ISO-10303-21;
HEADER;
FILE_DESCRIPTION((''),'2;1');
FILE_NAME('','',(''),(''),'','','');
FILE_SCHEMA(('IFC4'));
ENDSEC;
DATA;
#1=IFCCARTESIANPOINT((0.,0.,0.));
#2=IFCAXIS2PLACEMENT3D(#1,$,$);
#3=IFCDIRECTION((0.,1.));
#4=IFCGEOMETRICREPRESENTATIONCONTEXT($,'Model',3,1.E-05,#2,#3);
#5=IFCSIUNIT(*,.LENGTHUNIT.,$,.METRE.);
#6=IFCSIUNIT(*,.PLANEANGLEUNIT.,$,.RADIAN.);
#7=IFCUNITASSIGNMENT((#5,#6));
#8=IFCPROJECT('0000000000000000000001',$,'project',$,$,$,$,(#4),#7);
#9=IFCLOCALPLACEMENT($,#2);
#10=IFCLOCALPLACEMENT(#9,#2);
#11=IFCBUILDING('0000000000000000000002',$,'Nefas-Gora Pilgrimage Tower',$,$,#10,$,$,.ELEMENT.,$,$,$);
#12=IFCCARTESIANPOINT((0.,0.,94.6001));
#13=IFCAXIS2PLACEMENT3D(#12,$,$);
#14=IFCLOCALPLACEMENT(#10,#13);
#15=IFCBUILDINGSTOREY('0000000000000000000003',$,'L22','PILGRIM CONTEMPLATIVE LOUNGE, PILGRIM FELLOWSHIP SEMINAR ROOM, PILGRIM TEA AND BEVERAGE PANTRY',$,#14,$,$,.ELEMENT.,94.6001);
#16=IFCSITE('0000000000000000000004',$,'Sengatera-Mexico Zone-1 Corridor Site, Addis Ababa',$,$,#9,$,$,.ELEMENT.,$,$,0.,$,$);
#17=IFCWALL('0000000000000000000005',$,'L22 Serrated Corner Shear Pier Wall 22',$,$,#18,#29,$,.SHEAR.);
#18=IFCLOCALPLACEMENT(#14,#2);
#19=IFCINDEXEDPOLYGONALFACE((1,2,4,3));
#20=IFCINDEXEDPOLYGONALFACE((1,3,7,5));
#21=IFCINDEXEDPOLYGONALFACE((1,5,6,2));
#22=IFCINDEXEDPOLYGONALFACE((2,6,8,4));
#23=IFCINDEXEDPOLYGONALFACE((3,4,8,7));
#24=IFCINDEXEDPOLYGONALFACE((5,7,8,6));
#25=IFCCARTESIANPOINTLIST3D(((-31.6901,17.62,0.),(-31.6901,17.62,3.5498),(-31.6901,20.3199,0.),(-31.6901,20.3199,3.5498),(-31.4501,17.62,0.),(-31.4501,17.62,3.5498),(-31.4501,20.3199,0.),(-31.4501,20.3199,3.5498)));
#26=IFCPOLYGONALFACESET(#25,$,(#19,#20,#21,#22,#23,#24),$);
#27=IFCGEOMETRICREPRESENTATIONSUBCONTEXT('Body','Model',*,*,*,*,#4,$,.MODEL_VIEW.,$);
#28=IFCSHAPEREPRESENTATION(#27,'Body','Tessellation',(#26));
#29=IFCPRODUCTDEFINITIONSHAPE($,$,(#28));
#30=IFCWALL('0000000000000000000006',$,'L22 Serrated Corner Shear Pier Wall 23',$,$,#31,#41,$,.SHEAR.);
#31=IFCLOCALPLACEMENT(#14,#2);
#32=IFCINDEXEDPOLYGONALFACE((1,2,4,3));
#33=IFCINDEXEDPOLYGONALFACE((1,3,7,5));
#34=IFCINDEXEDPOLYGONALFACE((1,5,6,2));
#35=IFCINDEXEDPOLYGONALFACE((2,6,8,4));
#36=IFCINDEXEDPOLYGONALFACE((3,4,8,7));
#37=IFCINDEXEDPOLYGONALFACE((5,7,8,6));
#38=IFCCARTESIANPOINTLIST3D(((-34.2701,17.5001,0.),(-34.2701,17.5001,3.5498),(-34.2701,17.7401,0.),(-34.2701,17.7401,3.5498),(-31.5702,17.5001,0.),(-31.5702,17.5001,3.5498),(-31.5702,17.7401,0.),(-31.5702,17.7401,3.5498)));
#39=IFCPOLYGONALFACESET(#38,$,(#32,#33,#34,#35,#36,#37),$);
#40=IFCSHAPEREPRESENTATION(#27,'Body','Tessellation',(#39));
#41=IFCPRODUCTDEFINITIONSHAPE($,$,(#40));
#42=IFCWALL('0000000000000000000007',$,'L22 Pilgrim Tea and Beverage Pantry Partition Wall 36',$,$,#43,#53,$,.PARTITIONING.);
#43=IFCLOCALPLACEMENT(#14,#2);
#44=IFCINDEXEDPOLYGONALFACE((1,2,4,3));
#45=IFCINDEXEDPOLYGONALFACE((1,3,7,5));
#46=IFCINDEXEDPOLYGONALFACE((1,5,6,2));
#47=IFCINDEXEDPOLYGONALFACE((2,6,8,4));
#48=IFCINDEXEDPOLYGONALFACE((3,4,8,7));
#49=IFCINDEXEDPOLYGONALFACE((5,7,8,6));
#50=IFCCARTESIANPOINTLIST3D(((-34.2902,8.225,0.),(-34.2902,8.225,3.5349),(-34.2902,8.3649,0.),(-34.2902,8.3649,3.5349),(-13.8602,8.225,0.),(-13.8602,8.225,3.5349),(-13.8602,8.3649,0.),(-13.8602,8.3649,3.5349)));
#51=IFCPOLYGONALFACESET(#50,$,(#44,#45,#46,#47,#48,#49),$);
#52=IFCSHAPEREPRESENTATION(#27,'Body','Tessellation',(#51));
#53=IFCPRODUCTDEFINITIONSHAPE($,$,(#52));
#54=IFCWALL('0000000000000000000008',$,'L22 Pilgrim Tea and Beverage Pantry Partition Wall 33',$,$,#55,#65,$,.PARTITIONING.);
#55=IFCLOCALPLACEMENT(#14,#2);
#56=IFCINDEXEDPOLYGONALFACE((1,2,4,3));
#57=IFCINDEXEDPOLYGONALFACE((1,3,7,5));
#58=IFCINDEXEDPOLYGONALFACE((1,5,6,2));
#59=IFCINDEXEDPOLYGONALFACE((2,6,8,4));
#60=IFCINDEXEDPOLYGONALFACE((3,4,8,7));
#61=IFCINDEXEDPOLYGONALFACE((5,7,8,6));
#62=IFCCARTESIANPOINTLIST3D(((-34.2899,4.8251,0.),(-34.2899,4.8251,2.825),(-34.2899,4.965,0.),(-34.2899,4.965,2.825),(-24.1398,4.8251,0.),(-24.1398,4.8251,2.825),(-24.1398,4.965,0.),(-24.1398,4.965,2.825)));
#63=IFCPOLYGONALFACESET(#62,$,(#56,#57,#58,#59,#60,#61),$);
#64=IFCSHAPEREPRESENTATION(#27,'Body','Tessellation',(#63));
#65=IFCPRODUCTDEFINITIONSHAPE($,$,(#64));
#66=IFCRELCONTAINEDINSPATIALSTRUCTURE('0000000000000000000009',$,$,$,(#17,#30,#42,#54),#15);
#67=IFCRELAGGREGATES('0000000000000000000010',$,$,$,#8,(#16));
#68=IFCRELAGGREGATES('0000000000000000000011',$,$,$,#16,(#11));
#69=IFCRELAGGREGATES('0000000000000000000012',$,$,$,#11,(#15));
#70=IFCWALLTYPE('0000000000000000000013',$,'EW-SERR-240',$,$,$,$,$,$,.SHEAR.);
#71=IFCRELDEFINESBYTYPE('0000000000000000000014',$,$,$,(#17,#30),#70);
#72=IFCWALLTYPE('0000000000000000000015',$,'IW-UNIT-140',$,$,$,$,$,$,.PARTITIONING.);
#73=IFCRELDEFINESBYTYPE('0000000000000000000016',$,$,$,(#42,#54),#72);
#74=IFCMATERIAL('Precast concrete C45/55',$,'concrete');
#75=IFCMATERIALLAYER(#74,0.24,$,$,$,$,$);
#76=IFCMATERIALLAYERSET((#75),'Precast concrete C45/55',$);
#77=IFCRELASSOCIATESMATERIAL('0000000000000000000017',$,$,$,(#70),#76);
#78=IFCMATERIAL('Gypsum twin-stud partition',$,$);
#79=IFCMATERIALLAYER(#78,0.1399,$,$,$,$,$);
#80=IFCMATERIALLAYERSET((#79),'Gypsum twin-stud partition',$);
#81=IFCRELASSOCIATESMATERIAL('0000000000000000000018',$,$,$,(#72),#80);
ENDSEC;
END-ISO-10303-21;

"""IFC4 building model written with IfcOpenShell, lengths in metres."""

from ifc_helpers import new_model, si_unit, direction, frame, frame_2d, origin, place, context, subcontext, project, spatial, rectangle, extrude, source, transform, mapped, material, layer, layer_set, type_object, element, save


model = new_model("IFC4")

# Units and contexts
model_context = context("Model", 3, precision=1e-05, world=origin(), true_north=direction((0.0, 1.0)))
body_context = subcontext(model_context, "Body", "Model", "MODEL_VIEW")
ifc_project = project(units=[si_unit("LENGTHUNIT", "METRE"), si_unit("PLANEANGLEUNIT", "RADIAN")], contexts=[model_context])

# Site, building, storey
site_placement = place(None, origin())
site = spatial("IfcSite", under=ifc_project, at=site_placement, Name="Sengatera-Mexico Zone-1 Corridor Site, Addis Ababa", CompositionType="ELEMENT", RefElevation=0.0)
building_placement = place(site_placement, origin())
building = spatial("IfcBuilding", under=site, at=building_placement, Name="Nefas-Gora Pilgrimage Tower", CompositionType="ELEMENT")
storey_placement = place(building_placement, frame((0.0, 0.0, 94.6001)))
storey = spatial("IfcBuildingStorey", under=building, at=storey_placement, Name="L22", Description="PILGRIM CONTEMPLATIVE LOUNGE, PILGRIM FELLOWSHIP SEMINAR ROOM, PILGRIM TEA AND BEVERAGE PANTRY", CompositionType="ELEMENT", Elevation=94.6001)

# Shared definitions
ifc_material_1 = material(Name="Precast concrete C45/55", Category="concrete")
ifc_layer_1 = layer(ifc_material_1, 0.24)
ifc_layer_set_1 = layer_set([ifc_layer_1], Name="Precast concrete C45/55")
wall_type_1 = type_object("IfcWallType", Name="EW-SERR-240", PredefinedType="SHEAR", material=ifc_layer_set_1)
shared_shape_1 = source(origin(), body_context, "Body", "SweptSolid", [
    extrude(rectangle(XDim=2.7, YDim=0.24, at=frame_2d((1.3501, 0.0))), origin(), (0.0, 0.0, 1.0), 3.5498),
])

# Walls
for number, where, z_axis, x_axis, name in (
    (1, (-31.5701, 20.3201, 0.0), (0.0, 0.0, 1.0), (0.0, -1.0, 0.0), "L22 Serrated Corner Shear Pier Wall 22"),
    (2, (-31.5701, 17.6201, 0.0), (0.0, 0.0, 1.0), (-1.0, 0.0, 0.0), "L22 Serrated Corner Shear Pier Wall 23"),
):
    element("IfcWall", number, at=place(storey_placement, frame(where, z_axis=z_axis, x_axis=x_axis)), inside=storey, type_object=wall_type_1, Name=name, PredefinedType="SHEAR", context=body_context, shape_type="MappedRepresentation", body=[
        mapped(shared_shape_1, transform((0.0, 0.0, 0.0), x_axis=(1.0, 0.0, 0.0), y_axis=(0.0, 1.0, 0.0), z_axis=(0.0, 0.0, 1.0), scale=1.0)),
    ])
ifc_material_2 = material(Name="Gypsum twin-stud partition")
ifc_layer_2 = layer(ifc_material_2, 0.1399)
ifc_layer_set_2 = layer_set([ifc_layer_2], Name="Gypsum twin-stud partition")
wall_type_2 = type_object("IfcWallType", Name="IW-UNIT-140", PredefinedType="PARTITIONING", material=ifc_layer_set_2)
shared_shape_2 = source(origin(), body_context, "Body", "SweptSolid", [
    extrude(rectangle(XDim=20.4299, YDim=0.1399, at=frame_2d((10.2148, 0.0))), origin(), (0.0, 0.0, 1.0), 3.5349),
])
wall_1_placement = place(storey_placement, frame((-34.29, 8.2949, 0.0), z_axis=(0.0, 0.0, 1.0), x_axis=(1.0, 0.0, 0.0)))
element("IfcWall", 3, at=wall_1_placement, inside=storey, type_object=wall_type_2, Name="L22 Pilgrim Tea and Beverage Pantry Partition Wall 36", PredefinedType="PARTITIONING", context=body_context, shape_type="MappedRepresentation", body=[
    mapped(shared_shape_2, transform((0.0, 0.0, 0.0), x_axis=(1.0, 0.0, 0.0), y_axis=(0.0, 1.0, 0.0), z_axis=(0.0, 0.0, 1.0), scale=1.0)),
])
shared_shape_3 = source(origin(), body_context, "Body", "SweptSolid", [
    extrude(rectangle(XDim=10.1501, YDim=0.1399, at=frame_2d((5.0752, 0.0))), origin(), (0.0, 0.0, 1.0), 2.825),
])
wall_2_placement = place(storey_placement, frame((-34.29, 4.895, 0.0), z_axis=(0.0, 0.0, 1.0), x_axis=(1.0, 0.0, 0.0)))
element("IfcWall", 4, at=wall_2_placement, inside=storey, type_object=wall_type_2, Name="L22 Pilgrim Tea and Beverage Pantry Partition Wall 33", PredefinedType="PARTITIONING", context=body_context, shape_type="MappedRepresentation", body=[
    mapped(shared_shape_3, transform((0.0, 0.0, 0.0), x_axis=(1.0, 0.0, 0.0), y_axis=(0.0, 1.0, 0.0), z_axis=(0.0, 0.0, 1.0), scale=1.0)),
])

save(model, "model.ifc")
